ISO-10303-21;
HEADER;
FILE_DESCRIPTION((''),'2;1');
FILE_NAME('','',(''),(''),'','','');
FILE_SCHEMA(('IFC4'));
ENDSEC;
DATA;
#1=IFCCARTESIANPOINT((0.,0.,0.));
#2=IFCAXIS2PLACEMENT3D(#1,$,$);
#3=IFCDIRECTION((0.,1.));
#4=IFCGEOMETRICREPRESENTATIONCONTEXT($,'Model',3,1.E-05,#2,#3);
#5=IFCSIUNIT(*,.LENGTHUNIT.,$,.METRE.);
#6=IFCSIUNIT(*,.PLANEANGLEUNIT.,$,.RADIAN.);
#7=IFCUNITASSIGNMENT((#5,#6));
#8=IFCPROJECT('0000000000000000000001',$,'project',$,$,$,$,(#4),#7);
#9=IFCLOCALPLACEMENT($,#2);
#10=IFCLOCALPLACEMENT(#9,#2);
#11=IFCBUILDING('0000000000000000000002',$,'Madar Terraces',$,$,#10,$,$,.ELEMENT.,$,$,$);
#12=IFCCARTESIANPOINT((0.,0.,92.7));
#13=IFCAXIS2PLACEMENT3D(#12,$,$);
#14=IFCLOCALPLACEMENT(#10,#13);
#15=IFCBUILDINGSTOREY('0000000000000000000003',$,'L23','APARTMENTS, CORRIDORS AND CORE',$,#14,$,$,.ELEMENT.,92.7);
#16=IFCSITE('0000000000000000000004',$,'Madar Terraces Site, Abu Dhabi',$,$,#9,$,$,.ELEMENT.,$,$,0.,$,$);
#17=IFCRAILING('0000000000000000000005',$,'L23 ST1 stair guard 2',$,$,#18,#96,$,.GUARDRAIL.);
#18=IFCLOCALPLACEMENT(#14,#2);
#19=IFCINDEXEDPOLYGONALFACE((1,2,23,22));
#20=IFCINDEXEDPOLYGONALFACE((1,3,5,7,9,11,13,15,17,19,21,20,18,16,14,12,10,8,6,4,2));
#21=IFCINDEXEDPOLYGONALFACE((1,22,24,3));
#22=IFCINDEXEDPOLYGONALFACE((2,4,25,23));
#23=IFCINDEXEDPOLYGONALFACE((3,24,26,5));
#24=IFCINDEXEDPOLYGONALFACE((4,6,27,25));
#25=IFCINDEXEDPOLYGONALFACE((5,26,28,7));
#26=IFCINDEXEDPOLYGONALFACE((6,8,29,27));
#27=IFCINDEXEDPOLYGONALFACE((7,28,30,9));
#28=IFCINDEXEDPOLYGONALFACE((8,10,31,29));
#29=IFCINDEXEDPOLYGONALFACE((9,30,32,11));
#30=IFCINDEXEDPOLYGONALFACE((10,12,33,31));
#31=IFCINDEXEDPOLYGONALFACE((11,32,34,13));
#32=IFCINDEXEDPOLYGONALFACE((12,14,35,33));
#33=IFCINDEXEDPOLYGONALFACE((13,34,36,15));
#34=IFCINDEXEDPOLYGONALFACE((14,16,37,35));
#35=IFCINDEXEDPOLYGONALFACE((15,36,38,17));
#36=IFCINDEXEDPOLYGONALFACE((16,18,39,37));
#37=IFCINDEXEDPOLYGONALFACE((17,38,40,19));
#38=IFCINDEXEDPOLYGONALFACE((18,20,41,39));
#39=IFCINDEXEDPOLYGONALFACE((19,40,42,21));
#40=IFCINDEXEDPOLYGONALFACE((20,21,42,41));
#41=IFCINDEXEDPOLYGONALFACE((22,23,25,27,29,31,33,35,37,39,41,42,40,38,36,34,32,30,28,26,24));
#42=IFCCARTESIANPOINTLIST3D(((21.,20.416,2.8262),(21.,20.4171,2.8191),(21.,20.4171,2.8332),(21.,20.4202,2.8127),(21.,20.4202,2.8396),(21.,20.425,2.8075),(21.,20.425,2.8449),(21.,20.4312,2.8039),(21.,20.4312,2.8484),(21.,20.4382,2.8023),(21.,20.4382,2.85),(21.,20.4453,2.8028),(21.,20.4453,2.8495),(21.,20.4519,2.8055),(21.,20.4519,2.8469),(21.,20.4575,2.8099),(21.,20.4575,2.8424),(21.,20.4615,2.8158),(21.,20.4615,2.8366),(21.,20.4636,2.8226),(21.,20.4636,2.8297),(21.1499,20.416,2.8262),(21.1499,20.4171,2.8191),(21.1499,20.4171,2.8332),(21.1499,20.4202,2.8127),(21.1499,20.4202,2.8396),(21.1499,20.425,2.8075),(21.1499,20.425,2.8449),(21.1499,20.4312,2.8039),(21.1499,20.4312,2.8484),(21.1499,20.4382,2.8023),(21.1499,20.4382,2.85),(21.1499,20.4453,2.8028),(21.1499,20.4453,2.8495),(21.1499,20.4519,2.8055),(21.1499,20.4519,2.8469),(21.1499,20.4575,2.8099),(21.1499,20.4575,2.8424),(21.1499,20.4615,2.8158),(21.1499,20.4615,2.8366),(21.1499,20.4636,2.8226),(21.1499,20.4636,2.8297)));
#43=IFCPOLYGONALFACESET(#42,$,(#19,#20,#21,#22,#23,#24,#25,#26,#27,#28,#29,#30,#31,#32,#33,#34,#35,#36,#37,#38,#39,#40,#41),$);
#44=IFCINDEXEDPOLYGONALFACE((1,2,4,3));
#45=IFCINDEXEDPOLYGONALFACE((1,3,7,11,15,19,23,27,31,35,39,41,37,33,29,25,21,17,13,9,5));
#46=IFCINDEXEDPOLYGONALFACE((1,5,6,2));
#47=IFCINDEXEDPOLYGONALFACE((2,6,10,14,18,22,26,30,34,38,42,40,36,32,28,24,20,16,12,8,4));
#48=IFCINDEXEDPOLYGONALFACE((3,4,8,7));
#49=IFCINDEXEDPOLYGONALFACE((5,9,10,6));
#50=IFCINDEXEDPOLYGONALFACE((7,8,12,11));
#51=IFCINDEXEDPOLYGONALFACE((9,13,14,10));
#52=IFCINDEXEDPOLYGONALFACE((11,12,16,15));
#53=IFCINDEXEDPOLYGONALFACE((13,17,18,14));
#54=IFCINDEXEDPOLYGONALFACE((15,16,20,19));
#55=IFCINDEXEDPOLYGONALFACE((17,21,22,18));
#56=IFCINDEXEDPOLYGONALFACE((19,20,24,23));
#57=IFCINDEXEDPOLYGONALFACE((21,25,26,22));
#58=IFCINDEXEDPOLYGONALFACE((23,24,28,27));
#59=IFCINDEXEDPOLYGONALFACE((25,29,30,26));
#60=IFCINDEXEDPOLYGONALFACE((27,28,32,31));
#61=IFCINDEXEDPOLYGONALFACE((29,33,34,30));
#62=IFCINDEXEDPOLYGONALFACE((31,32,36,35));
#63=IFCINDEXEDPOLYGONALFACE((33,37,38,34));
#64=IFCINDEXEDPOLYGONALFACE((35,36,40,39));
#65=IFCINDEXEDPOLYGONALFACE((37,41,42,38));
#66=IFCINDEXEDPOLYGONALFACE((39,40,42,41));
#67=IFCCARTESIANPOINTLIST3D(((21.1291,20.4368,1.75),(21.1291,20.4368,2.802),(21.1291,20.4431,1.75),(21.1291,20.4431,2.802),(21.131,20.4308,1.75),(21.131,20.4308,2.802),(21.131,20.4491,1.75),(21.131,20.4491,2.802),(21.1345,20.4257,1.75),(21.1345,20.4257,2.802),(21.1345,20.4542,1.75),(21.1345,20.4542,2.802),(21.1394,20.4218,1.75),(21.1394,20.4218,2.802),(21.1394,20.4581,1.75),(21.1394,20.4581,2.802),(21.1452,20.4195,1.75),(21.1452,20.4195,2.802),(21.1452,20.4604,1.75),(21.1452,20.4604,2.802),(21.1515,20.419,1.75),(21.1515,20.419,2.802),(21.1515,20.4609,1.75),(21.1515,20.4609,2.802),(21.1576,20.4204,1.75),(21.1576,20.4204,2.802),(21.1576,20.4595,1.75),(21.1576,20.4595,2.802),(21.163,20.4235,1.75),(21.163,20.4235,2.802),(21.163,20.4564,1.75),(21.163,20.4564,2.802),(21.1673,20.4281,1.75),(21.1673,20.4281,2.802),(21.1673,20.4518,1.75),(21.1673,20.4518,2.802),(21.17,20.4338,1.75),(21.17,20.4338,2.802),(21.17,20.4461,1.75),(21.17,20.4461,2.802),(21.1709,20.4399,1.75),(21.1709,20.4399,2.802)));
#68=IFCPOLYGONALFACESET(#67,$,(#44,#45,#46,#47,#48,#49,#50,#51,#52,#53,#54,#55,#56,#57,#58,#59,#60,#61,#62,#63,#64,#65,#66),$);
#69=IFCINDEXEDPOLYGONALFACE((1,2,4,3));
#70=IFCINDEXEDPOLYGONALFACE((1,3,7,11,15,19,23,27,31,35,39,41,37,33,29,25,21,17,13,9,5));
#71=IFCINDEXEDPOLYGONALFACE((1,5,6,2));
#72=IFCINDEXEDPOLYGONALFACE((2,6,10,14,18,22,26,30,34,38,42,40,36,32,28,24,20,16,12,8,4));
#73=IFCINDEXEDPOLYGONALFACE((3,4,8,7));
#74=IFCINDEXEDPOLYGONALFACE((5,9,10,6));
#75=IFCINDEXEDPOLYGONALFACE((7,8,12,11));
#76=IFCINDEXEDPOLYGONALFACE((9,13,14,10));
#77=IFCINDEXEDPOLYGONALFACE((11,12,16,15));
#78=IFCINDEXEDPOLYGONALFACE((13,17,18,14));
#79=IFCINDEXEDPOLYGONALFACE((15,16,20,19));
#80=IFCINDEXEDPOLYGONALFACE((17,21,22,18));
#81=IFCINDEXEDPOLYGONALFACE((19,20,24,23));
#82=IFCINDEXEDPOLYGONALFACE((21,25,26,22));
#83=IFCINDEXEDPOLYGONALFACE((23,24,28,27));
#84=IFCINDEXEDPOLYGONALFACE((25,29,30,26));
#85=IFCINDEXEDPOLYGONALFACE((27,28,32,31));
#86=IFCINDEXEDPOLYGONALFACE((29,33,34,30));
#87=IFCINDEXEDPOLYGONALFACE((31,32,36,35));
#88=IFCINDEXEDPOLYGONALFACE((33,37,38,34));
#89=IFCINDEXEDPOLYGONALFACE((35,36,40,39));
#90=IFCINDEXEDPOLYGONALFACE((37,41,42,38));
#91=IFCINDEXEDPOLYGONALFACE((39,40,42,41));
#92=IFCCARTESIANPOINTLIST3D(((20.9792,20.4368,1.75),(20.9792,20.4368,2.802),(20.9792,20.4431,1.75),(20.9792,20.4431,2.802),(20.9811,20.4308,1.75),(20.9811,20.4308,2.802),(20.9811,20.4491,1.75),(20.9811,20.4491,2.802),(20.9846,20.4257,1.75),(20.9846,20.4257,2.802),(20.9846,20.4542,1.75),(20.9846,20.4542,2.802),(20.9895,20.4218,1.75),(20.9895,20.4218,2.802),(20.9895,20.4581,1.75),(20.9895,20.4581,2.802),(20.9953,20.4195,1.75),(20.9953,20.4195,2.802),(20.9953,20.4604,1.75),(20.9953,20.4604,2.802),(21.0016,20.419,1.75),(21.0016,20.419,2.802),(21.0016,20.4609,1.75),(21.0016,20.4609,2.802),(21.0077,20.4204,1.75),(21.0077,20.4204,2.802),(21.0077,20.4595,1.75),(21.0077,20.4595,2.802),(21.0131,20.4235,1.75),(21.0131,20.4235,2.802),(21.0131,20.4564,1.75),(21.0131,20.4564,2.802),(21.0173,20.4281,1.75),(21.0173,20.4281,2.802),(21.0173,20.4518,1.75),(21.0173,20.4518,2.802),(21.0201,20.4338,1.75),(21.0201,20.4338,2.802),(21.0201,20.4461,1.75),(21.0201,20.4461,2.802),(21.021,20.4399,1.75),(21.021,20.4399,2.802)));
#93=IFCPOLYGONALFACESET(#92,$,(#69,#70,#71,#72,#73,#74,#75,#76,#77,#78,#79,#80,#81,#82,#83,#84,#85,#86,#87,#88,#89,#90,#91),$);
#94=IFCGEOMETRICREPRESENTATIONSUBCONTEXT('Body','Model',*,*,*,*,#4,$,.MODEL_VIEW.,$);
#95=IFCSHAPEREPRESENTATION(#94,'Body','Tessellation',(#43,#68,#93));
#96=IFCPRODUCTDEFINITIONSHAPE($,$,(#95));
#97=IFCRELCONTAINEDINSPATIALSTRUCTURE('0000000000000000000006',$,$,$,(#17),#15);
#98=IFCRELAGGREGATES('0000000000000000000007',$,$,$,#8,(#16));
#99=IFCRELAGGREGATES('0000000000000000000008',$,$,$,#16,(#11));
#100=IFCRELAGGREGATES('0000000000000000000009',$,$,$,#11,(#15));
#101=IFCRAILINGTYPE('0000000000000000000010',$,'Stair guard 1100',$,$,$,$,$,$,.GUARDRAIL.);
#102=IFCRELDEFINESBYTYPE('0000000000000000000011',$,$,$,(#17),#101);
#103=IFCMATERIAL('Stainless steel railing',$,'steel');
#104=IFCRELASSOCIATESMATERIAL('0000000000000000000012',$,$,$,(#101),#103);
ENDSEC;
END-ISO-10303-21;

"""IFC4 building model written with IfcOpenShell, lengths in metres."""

from ifc_helpers import new_model, si_unit, direction, frame, origin, origin_2d, place, context, subcontext, project, spatial, circle, extrude, material, type_object, element, save


model = new_model("IFC4")

# Units and contexts
model_context = context("Model", 3, precision=1e-05, world=origin(), true_north=direction((0.0, 1.0)))
body_context = subcontext(model_context, "Body", "Model", "MODEL_VIEW")
ifc_project = project(units=[si_unit("LENGTHUNIT", "METRE"), si_unit("PLANEANGLEUNIT", "RADIAN")], contexts=[model_context])

# Site, building, storey
site_placement = place(None, origin())
site = spatial("IfcSite", under=ifc_project, at=site_placement, Name="Madar Terraces Site, Abu Dhabi", CompositionType="ELEMENT", RefElevation=0.0)
building_placement = place(site_placement, origin())
building = spatial("IfcBuilding", under=site, at=building_placement, Name="Madar Terraces", CompositionType="ELEMENT")
storey_placement = place(building_placement, frame((0.0, 0.0, 92.7)))
storey = spatial("IfcBuildingStorey", under=building, at=storey_placement, Name="L23", Description="APARTMENTS, CORRIDORS AND CORE", CompositionType="ELEMENT", Elevation=92.7)

# Railing
ifc_material_1 = material(Name="Stainless steel railing", Category="steel")
railing_type_1 = type_object("IfcRailingType", Name="Stair guard 1100", PredefinedType="GUARDRAIL", material=ifc_material_1)
railing_1_placement = place(storey_placement, frame((21.1499, 20.4399, 1.75)))
element("IfcRailing", 1, at=railing_1_placement, inside=storey, type_object=railing_type_1, Name="L23 ST1 stair guard 2", PredefinedType="GUARDRAIL", context=body_context, shape_type="SweptSolid", body=[
    extrude(circle(Radius=0.0239, at=origin_2d()), frame((0.0, 0.0, 1.0762), z_axis=(-1.0, 0.0, 0.0), x_axis=(0.0, -1.0, 0.0)), (0.0, 0.0, 1.0), 0.1499),
    extrude(circle(Radius=0.021, at=origin_2d()), origin(), (0.0, 0.0, 1.0), 1.052),
    extrude(circle(Radius=0.021, at=origin_2d()), frame((-0.1499, 0.0, 0.0)), (0.0, 0.0, 1.0), 1.052),
])

save(model, "model.ifc")
